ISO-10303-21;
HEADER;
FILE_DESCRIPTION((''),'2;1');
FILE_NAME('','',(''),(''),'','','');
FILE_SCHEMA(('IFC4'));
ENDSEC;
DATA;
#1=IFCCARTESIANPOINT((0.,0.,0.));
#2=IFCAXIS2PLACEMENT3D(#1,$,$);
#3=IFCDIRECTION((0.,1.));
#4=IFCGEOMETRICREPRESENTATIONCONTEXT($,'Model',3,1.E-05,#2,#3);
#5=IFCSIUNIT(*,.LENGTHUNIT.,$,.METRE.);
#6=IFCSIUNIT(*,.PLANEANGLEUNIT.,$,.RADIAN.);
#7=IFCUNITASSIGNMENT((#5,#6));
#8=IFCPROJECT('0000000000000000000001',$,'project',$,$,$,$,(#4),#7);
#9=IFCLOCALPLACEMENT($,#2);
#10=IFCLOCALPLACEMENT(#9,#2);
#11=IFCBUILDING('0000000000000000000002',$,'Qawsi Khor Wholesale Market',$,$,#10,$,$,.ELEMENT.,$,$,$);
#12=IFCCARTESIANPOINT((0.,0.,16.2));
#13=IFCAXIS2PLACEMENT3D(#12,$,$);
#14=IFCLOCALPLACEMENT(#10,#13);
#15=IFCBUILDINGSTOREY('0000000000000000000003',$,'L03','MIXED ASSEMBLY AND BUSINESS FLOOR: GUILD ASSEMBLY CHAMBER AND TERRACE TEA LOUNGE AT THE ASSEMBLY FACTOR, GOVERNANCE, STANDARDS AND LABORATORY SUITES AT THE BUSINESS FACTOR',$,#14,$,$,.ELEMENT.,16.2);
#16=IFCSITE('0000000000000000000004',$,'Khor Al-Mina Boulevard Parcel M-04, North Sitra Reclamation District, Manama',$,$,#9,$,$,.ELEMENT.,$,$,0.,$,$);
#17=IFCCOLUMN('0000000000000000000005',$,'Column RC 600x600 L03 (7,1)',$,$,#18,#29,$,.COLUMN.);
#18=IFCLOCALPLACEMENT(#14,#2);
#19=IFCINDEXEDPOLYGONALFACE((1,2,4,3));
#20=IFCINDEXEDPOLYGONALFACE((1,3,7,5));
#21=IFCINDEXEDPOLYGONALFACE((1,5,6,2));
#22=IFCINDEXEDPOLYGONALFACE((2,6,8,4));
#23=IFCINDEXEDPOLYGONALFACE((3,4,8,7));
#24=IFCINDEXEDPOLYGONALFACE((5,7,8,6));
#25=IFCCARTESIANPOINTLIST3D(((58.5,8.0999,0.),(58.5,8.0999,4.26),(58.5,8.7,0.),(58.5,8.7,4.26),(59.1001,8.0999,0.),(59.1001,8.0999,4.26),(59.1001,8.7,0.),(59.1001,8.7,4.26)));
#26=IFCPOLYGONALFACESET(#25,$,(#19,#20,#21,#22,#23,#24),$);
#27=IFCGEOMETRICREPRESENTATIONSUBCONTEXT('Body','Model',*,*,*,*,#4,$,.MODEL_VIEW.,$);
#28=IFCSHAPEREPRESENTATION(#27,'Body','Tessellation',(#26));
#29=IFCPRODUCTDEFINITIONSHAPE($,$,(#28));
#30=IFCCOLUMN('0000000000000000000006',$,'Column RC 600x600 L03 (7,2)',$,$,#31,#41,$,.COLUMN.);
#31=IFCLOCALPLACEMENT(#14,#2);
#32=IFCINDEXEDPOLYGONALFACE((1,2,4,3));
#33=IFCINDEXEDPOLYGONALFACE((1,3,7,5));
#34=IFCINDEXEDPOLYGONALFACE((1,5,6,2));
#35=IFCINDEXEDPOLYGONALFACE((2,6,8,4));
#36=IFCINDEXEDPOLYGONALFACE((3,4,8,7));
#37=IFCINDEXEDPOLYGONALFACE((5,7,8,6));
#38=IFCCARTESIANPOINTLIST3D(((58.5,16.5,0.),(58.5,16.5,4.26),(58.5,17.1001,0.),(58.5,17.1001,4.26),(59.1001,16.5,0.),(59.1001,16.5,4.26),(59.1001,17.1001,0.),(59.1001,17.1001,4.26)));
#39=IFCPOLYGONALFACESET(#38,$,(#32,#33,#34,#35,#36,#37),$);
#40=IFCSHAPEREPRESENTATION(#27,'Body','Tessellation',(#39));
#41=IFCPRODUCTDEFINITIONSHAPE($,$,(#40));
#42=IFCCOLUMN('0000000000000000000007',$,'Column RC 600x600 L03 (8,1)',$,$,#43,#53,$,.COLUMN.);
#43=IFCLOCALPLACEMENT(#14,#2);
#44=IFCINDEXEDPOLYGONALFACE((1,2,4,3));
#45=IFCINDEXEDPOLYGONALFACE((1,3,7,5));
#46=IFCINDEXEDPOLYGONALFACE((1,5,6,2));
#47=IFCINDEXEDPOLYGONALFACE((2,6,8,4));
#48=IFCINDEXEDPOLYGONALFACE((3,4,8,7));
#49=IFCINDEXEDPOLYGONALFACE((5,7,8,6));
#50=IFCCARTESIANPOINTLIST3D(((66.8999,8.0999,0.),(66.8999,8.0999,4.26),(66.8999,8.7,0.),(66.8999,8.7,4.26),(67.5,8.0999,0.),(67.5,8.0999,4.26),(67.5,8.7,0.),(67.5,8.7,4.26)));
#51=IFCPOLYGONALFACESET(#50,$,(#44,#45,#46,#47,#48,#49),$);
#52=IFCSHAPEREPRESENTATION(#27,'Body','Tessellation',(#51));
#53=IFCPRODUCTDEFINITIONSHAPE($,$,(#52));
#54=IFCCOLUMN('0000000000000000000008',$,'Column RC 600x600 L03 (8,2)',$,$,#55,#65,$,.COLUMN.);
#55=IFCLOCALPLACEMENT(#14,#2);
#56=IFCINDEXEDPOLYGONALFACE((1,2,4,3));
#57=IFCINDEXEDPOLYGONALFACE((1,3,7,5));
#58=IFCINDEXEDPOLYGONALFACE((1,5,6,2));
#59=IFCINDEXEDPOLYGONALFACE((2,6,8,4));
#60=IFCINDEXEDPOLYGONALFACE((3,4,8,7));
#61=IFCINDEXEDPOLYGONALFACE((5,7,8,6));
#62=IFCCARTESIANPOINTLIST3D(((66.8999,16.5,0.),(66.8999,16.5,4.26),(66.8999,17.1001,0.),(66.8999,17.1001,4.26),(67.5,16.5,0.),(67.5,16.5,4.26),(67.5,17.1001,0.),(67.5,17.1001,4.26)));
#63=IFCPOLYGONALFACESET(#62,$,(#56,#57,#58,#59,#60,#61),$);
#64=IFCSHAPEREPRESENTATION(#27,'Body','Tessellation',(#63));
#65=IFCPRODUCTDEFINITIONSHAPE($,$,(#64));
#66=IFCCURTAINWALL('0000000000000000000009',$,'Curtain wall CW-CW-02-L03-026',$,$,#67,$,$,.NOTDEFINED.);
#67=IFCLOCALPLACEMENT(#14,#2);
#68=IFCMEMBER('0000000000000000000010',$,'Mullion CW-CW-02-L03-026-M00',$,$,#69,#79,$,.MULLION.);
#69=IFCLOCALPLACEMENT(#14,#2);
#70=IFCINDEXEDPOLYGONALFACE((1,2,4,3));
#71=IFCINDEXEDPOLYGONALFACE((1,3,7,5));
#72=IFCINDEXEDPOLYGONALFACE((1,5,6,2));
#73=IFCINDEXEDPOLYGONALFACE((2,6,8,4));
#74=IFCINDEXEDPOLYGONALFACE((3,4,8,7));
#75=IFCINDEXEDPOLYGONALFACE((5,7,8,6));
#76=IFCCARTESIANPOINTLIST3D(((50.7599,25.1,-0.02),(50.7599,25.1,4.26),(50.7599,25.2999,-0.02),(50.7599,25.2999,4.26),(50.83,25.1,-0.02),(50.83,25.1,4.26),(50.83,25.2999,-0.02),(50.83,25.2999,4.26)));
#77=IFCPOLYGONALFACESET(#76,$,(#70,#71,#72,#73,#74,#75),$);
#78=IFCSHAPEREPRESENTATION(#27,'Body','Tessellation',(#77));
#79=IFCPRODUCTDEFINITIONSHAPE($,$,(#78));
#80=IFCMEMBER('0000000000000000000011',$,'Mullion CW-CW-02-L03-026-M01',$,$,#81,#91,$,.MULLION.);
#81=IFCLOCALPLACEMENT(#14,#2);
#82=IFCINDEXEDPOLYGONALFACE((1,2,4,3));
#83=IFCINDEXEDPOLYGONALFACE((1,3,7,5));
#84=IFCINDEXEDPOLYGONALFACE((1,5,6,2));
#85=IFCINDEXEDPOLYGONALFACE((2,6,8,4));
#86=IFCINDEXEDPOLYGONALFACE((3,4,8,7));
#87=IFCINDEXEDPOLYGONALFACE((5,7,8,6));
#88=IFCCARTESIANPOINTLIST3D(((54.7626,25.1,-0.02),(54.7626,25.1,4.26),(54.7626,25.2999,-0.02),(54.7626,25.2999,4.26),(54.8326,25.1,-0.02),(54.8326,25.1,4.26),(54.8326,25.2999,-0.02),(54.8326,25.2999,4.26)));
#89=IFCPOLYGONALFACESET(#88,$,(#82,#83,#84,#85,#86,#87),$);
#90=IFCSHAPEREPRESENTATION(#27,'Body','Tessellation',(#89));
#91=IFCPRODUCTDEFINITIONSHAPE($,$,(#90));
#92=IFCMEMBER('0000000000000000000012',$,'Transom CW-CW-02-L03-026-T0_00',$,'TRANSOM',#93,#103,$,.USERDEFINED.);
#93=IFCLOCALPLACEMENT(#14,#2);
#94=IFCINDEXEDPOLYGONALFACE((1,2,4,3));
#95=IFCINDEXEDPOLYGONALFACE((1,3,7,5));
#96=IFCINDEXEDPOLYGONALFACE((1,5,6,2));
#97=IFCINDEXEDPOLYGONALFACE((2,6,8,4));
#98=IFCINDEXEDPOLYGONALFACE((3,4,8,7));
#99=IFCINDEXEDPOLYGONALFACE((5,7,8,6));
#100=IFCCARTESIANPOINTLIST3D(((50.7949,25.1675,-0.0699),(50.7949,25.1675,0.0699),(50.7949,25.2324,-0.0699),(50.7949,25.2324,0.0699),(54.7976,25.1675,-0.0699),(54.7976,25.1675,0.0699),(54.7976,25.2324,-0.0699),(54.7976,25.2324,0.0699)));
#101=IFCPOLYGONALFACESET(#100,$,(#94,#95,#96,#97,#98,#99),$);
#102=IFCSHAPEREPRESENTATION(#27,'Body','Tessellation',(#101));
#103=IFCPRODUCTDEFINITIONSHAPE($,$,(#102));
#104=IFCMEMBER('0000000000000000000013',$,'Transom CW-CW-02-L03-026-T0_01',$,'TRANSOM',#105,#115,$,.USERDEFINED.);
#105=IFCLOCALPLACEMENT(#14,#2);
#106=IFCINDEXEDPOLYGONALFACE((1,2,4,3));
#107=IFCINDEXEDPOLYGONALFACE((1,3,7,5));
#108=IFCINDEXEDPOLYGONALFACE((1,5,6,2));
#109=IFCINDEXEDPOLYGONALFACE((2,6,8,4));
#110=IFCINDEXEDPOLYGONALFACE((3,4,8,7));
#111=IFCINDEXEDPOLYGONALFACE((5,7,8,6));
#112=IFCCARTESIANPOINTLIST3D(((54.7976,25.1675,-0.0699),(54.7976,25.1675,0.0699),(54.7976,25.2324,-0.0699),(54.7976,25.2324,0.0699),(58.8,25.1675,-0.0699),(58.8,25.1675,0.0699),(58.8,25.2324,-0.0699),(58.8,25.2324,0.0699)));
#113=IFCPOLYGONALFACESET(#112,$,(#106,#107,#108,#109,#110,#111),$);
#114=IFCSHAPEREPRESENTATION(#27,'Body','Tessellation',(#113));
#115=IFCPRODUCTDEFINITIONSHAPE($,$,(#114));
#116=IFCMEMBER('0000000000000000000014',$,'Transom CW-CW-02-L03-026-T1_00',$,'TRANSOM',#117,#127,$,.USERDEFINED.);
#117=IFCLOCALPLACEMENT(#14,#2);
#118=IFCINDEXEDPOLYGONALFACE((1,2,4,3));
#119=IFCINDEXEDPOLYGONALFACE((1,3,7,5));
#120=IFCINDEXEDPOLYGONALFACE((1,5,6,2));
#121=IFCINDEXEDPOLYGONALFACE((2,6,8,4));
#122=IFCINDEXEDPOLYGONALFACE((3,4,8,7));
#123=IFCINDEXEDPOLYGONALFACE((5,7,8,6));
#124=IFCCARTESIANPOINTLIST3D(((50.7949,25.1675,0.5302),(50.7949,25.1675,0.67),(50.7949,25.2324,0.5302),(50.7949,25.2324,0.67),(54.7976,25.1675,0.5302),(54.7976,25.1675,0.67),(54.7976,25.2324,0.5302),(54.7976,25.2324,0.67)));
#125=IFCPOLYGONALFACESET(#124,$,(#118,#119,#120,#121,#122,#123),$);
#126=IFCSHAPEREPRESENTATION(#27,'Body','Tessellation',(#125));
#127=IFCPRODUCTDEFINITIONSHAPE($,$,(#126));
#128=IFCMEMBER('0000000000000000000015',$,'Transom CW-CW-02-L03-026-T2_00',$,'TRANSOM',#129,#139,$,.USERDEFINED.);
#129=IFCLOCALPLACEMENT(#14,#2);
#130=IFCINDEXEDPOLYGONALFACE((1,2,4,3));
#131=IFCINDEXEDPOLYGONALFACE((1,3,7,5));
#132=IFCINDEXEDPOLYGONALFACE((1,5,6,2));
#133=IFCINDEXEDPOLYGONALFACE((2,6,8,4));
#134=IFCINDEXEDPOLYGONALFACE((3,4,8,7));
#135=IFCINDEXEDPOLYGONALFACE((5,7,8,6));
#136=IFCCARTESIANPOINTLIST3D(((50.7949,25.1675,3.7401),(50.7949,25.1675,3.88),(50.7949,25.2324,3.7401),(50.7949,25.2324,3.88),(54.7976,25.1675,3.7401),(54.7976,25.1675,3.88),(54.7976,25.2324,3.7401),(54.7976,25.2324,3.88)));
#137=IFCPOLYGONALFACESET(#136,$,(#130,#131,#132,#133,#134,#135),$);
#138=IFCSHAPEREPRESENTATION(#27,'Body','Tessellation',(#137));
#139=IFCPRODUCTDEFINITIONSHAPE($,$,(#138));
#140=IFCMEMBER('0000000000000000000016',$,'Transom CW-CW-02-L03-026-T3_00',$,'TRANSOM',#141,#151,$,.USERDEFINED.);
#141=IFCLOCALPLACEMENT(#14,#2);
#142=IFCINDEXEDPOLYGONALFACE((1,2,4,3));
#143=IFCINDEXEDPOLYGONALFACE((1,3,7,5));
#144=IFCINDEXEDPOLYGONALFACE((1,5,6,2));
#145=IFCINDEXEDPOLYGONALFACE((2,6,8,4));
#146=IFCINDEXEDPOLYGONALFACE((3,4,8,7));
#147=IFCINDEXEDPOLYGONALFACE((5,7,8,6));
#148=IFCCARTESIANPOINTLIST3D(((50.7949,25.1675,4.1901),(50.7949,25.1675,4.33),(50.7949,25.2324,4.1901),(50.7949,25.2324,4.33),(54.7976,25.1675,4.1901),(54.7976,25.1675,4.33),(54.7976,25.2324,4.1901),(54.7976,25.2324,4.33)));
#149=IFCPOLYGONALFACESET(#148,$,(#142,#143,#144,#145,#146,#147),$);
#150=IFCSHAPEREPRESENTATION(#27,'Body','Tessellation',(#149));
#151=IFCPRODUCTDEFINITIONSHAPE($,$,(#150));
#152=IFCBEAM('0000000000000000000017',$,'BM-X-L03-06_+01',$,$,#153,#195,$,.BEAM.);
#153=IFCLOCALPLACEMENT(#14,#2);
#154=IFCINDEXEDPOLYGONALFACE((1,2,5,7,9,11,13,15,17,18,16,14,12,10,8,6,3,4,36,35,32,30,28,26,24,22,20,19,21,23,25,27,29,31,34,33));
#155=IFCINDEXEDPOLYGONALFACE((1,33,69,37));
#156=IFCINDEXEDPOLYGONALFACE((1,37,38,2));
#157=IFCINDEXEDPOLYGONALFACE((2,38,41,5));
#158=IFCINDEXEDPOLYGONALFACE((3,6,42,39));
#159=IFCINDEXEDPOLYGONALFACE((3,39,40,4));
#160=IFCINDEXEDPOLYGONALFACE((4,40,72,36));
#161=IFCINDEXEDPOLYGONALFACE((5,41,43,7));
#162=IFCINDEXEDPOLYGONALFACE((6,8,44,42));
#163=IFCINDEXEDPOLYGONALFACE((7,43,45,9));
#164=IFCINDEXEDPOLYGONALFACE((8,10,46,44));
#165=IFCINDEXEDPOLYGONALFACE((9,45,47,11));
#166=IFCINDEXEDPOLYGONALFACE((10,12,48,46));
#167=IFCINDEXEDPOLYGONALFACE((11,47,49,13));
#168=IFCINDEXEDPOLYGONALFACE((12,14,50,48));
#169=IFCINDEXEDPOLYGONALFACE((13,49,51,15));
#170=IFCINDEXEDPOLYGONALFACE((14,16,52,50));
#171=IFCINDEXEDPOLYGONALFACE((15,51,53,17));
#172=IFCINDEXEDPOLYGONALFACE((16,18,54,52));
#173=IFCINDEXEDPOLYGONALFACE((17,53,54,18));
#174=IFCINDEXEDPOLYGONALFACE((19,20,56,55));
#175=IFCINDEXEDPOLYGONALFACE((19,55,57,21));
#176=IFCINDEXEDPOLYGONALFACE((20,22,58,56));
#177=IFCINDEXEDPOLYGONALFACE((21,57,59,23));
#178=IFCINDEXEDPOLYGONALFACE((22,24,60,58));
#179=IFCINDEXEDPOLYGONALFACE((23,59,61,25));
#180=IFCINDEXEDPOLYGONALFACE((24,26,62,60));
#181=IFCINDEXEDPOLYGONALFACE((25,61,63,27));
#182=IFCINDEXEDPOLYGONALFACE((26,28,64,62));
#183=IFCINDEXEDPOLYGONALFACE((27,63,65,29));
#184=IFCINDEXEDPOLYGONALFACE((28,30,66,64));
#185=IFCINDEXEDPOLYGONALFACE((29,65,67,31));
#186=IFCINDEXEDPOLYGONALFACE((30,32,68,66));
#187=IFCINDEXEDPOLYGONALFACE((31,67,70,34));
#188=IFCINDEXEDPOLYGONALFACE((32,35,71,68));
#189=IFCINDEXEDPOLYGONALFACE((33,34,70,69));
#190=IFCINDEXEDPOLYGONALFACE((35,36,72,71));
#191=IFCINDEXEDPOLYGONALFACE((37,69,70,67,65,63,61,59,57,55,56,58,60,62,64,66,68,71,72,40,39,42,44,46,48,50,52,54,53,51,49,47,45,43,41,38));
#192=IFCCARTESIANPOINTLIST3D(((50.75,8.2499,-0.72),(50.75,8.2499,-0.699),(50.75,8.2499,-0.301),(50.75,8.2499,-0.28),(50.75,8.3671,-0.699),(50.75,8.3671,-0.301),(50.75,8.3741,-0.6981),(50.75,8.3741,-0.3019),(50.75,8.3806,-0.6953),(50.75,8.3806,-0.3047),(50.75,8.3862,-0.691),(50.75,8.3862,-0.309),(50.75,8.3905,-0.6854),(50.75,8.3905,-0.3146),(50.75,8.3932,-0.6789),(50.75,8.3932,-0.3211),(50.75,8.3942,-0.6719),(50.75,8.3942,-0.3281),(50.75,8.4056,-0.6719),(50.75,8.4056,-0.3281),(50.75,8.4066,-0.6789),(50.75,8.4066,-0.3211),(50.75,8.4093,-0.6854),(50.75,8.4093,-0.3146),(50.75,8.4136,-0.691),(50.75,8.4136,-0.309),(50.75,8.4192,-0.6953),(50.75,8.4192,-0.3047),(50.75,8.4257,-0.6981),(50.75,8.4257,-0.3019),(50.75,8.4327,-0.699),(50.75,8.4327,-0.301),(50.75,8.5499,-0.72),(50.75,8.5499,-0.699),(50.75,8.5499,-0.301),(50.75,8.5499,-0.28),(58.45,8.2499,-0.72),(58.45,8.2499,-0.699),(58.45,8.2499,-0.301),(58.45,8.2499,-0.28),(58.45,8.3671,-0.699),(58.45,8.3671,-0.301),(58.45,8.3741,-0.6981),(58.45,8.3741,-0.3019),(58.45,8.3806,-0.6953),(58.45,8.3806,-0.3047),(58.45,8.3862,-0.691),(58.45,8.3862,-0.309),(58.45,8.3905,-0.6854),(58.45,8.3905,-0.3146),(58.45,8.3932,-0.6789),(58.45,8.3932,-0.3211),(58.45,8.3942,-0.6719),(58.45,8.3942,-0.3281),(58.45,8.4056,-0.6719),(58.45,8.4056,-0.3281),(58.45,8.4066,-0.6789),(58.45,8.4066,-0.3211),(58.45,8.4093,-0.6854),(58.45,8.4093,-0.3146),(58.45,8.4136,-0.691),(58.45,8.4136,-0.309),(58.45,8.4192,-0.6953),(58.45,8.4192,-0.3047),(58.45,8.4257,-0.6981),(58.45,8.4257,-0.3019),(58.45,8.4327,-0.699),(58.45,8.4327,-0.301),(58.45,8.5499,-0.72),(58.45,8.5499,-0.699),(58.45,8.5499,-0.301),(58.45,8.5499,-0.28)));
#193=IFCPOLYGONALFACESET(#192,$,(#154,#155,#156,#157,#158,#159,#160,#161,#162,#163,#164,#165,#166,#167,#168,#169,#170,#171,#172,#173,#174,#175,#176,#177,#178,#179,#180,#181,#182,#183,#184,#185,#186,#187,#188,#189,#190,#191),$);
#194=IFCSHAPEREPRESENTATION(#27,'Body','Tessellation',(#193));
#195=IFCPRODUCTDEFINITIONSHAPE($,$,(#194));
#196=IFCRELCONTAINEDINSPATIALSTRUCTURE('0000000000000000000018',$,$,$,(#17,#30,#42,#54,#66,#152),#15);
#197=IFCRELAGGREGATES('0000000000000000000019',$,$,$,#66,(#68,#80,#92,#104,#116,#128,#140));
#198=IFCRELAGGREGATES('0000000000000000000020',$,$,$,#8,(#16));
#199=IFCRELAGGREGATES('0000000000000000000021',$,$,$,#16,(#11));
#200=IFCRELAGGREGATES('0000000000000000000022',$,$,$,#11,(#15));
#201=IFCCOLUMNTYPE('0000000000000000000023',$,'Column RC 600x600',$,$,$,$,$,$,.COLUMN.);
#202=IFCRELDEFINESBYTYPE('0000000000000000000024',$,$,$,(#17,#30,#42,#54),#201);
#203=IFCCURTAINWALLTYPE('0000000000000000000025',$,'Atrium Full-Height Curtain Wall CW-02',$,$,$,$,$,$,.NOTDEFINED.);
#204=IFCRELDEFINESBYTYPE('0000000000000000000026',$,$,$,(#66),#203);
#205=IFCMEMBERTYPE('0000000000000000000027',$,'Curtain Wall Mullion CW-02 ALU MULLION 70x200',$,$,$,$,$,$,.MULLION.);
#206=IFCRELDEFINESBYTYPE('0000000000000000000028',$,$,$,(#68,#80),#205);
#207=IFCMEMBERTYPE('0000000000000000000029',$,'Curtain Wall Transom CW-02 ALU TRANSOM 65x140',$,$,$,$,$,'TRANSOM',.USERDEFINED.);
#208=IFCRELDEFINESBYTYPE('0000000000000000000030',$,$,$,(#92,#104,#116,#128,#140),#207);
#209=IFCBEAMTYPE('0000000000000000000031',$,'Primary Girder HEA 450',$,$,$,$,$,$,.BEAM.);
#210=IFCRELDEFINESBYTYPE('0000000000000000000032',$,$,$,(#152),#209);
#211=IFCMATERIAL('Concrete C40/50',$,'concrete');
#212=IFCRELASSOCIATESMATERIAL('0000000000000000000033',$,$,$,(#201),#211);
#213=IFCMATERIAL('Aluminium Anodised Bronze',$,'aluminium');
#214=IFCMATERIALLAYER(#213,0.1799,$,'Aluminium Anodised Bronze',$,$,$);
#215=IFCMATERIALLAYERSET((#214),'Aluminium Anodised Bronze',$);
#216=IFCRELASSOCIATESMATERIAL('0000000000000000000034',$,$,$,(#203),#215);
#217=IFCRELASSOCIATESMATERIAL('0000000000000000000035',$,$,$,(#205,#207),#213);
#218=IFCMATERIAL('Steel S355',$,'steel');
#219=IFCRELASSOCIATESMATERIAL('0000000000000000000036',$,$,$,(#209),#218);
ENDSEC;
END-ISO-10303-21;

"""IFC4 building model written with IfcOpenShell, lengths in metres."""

from ifc_helpers import new_model, si_unit, direction, frame, origin, origin_2d, place, context, subcontext, project, spatial, rectangle, i_section, extrude, material, layer, layer_set, material_profile, profile_set, type_object, element, aggregate, save


model = new_model("IFC4")

# Units and contexts
model_context = context("Model", 3, precision=1e-05, world=origin(), true_north=direction((0.0, 1.0)))
body_context = subcontext(model_context, "Body", "Model", "MODEL_VIEW")
ifc_project = project(units=[si_unit("LENGTHUNIT", "METRE"), si_unit("PLANEANGLEUNIT", "RADIAN")], contexts=[model_context])

# Site, building, storey
site_placement = place(None, origin())
site = spatial("IfcSite", under=ifc_project, at=site_placement, Name="Khor Al-Mina Boulevard Parcel M-04, North Sitra Reclamation District, Manama", CompositionType="ELEMENT", RefElevation=0.0)
building_placement = place(site_placement, origin())
building = spatial("IfcBuilding", under=site, at=building_placement, Name="Qawsi Khor Wholesale Market", CompositionType="ELEMENT")
storey_placement = place(building_placement, frame((0.0, 0.0, 16.2)))
storey = spatial("IfcBuildingStorey", under=building, at=storey_placement, Name="L03", Description="MIXED ASSEMBLY AND BUSINESS FLOOR: GUILD ASSEMBLY CHAMBER AND TERRACE TEA LOUNGE AT THE ASSEMBLY FACTOR, GOVERNANCE, STANDARDS AND LABORATORY SUITES AT THE BUSINESS FACTOR", CompositionType="ELEMENT", Elevation=16.2)

# Columns
ifc_material_1 = material(Name="Concrete C40/50", Category="concrete")
ifc_material_profile_1 = material_profile(ifc_material_1, rectangle(XDim=0.6001, YDim=0.6001, at=origin_2d()), Name="RC 600x600")
ifc_profile_set_1 = profile_set([ifc_material_profile_1], Name="Concrete C40/50")
column_type = type_object("IfcColumnType", Name="Column RC 600x600", PredefinedType="COLUMN", material=ifc_profile_set_1)
for number, where, z_axis, x_axis, name in (
    (1, (58.8, 8.3999, 0.0), (0.0, 0.0, 1.0), (1.0, 0.0, 0.0), "Column RC 600x600 L03 (7,1)"),
    (2, (58.8, 16.8, 0.0), (0.0, 0.0, 1.0), (1.0, 0.0, 0.0), "Column RC 600x600 L03 (7,2)"),
    (3, (67.2, 8.3999, 0.0), (0.0, 0.0, 1.0), (1.0, 0.0, 0.0), "Column RC 600x600 L03 (8,1)"),
    (4, (67.2, 16.8, 0.0), (0.0, 0.0, 1.0), (1.0, 0.0, 0.0), "Column RC 600x600 L03 (8,2)"),
):
    element("IfcColumn", number, at=place(storey_placement, frame(where, z_axis=z_axis, x_axis=x_axis)), inside=storey, type_object=column_type, Name=name, PredefinedType="COLUMN", context=body_context, shape_type="SweptSolid", body=[
        extrude(rectangle(XDim=0.6001, YDim=0.6001, at=origin_2d()), origin(), (0.0, 0.0, 1.0), 4.26),
    ])

# Curtain wall, members
ifc_material_2 = material(Name="Aluminium Anodised Bronze", Category="aluminium")
ifc_layer_1 = layer(ifc_material_2, 0.1799, Name="Aluminium Anodised Bronze")
ifc_layer_set_1 = layer_set([ifc_layer_1], Name="Aluminium Anodised Bronze")
curtain_wall_type = type_object("IfcCurtainWallType", Name="Atrium Full-Height Curtain Wall CW-02", PredefinedType="NOTDEFINED", material=ifc_layer_set_1)
curtain_wall_placement = place(storey_placement, origin())
curtain_wall = element("IfcCurtainWall", 5, at=curtain_wall_placement, inside=storey, type_object=curtain_wall_type, Name="Curtain wall CW-CW-02-L03-026", PredefinedType="NOTDEFINED")
ifc_material_profile_2 = material_profile(ifc_material_2, rectangle(XDim=0.0701, YDim=0.2, at=origin_2d()), Name="ALU MULLION 70x200")
ifc_profile_set_2 = profile_set([ifc_material_profile_2], Name="Aluminium Anodised Bronze")
member_type_1 = type_object("IfcMemberType", Name="Curtain Wall Mullion CW-02 ALU MULLION 70x200", PredefinedType="MULLION", material=ifc_profile_set_2)
member_1_placement = place(storey_placement, frame((50.7949, 25.2, -0.02), z_axis=(0.0, 0.0, 1.0), x_axis=(1.0, 0.0, 0.0)))
member_1 = element("IfcMember", 6, at=member_1_placement, type_object=member_type_1, Name="Mullion CW-CW-02-L03-026-M00", PredefinedType="MULLION", context=body_context, shape_type="SweptSolid", body=[
    extrude(rectangle(XDim=0.0701, YDim=0.2, at=origin_2d()), origin(), (0.0, 0.0, 1.0), 4.28),
])
member_2_placement = place(storey_placement, frame((54.7976, 25.2, -0.02), z_axis=(0.0, 0.0, 1.0), x_axis=(1.0, 0.0, 0.0)))
member_2 = element("IfcMember", 7, at=member_2_placement, type_object=member_type_1, Name="Mullion CW-CW-02-L03-026-M01", PredefinedType="MULLION", context=body_context, shape_type="SweptSolid", body=[
    extrude(rectangle(XDim=0.0701, YDim=0.2, at=origin_2d()), origin(), (0.0, 0.0, 1.0), 4.28),
])
ifc_material_profile_3 = material_profile(ifc_material_2, rectangle(XDim=0.0649, YDim=0.1399, at=origin_2d()), Name="ALU TRANSOM 65x140")
ifc_profile_set_3 = profile_set([ifc_material_profile_3], Name="Aluminium Anodised Bronze")
member_type_2 = type_object("IfcMemberType", Name="Curtain Wall Transom CW-02 ALU TRANSOM 65x140", ElementType="TRANSOM", PredefinedType="USERDEFINED", material=ifc_profile_set_3)
member_3_placement = place(storey_placement, frame((50.7949, 25.2, 0.0), z_axis=(1.0, 0.0, 0.0), x_axis=(0.0, 1.0, 0.0)))
member_3 = element("IfcMember", 8, at=member_3_placement, type_object=member_type_2, Name="Transom CW-CW-02-L03-026-T0_00", ObjectType="TRANSOM", PredefinedType="USERDEFINED", context=body_context, shape_type="SweptSolid", body=[
    extrude(rectangle(XDim=0.0649, YDim=0.1399, at=origin_2d()), origin(), (0.0, 0.0, 1.0), 4.0027),
])
member_4_placement = place(storey_placement, frame((54.7976, 25.2, 0.0), z_axis=(1.0, 0.0, 0.0), x_axis=(0.0, 1.0, 0.0)))
member_4 = element("IfcMember", 9, at=member_4_placement, type_object=member_type_2, Name="Transom CW-CW-02-L03-026-T0_01", ObjectType="TRANSOM", PredefinedType="USERDEFINED", context=body_context, shape_type="SweptSolid", body=[
    extrude(rectangle(XDim=0.0649, YDim=0.1399, at=origin_2d()), origin(), (0.0, 0.0, 1.0), 4.0024),
])
member_5_placement = place(storey_placement, frame((50.7949, 25.2, 0.6001), z_axis=(1.0, 0.0, 0.0), x_axis=(0.0, 1.0, 0.0)))
member_5 = element("IfcMember", 10, at=member_5_placement, type_object=member_type_2, Name="Transom CW-CW-02-L03-026-T1_00", ObjectType="TRANSOM", PredefinedType="USERDEFINED", context=body_context, shape_type="SweptSolid", body=[
    extrude(rectangle(XDim=0.0649, YDim=0.1399, at=origin_2d()), origin(), (0.0, 0.0, 1.0), 4.0027),
])
member_6_placement = place(storey_placement, frame((50.7949, 25.2, 3.8101), z_axis=(1.0, 0.0, 0.0), x_axis=(0.0, 1.0, 0.0)))
member_6 = element("IfcMember", 11, at=member_6_placement, type_object=member_type_2, Name="Transom CW-CW-02-L03-026-T2_00", ObjectType="TRANSOM", PredefinedType="USERDEFINED", context=body_context, shape_type="SweptSolid", body=[
    extrude(rectangle(XDim=0.0649, YDim=0.1399, at=origin_2d()), origin(), (0.0, 0.0, 1.0), 4.0027),
])
member_7_placement = place(storey_placement, frame((50.7949, 25.2, 4.26), z_axis=(1.0, 0.0, 0.0), x_axis=(0.0, 1.0, 0.0)))
member_7 = element("IfcMember", 12, at=member_7_placement, type_object=member_type_2, Name="Transom CW-CW-02-L03-026-T3_00", ObjectType="TRANSOM", PredefinedType="USERDEFINED", context=body_context, shape_type="SweptSolid", body=[
    extrude(rectangle(XDim=0.0649, YDim=0.1399, at=origin_2d()), origin(), (0.0, 0.0, 1.0), 4.0027),
])

# Beam
ifc_material_3 = material(Name="Steel S355", Category="steel")
ifc_material_profile_4 = material_profile(ifc_material_3, i_section(OverallWidth=0.3, OverallDepth=0.4399, WebThickness=0.0115, FlangeThickness=0.021, FilletRadius=0.0271, at=origin_2d()), Name="HEA 450")
ifc_profile_set_4 = profile_set([ifc_material_profile_4], Name="Steel S355")
beam_type_1 = type_object("IfcBeamType", Name="Primary Girder HEA 450", PredefinedType="BEAM", material=ifc_profile_set_4)
for number, where, z_axis, x_axis, name in (
    (13, (50.75, 8.3999, -0.5), (1.0, 0.0, 0.0), (0.0, 1.0, 0.0), "BM-X-L03-06_+01"),
):
    element("IfcBeam", number, at=place(storey_placement, frame(where, z_axis=z_axis, x_axis=x_axis)), inside=storey, type_object=beam_type_1, Name=name, PredefinedType="BEAM", context=body_context, shape_type="SweptSolid", body=[
        extrude(i_section(OverallWidth=0.3, OverallDepth=0.4399, WebThickness=0.0115, FlangeThickness=0.021, FilletRadius=0.0271, at=origin_2d()), origin(), (0.0, 0.0, 1.0), 7.7),
    ])

aggregate(curtain_wall, [member_1, member_2, member_3, member_4, member_5, member_6, member_7])

save(model, "model.ifc")
